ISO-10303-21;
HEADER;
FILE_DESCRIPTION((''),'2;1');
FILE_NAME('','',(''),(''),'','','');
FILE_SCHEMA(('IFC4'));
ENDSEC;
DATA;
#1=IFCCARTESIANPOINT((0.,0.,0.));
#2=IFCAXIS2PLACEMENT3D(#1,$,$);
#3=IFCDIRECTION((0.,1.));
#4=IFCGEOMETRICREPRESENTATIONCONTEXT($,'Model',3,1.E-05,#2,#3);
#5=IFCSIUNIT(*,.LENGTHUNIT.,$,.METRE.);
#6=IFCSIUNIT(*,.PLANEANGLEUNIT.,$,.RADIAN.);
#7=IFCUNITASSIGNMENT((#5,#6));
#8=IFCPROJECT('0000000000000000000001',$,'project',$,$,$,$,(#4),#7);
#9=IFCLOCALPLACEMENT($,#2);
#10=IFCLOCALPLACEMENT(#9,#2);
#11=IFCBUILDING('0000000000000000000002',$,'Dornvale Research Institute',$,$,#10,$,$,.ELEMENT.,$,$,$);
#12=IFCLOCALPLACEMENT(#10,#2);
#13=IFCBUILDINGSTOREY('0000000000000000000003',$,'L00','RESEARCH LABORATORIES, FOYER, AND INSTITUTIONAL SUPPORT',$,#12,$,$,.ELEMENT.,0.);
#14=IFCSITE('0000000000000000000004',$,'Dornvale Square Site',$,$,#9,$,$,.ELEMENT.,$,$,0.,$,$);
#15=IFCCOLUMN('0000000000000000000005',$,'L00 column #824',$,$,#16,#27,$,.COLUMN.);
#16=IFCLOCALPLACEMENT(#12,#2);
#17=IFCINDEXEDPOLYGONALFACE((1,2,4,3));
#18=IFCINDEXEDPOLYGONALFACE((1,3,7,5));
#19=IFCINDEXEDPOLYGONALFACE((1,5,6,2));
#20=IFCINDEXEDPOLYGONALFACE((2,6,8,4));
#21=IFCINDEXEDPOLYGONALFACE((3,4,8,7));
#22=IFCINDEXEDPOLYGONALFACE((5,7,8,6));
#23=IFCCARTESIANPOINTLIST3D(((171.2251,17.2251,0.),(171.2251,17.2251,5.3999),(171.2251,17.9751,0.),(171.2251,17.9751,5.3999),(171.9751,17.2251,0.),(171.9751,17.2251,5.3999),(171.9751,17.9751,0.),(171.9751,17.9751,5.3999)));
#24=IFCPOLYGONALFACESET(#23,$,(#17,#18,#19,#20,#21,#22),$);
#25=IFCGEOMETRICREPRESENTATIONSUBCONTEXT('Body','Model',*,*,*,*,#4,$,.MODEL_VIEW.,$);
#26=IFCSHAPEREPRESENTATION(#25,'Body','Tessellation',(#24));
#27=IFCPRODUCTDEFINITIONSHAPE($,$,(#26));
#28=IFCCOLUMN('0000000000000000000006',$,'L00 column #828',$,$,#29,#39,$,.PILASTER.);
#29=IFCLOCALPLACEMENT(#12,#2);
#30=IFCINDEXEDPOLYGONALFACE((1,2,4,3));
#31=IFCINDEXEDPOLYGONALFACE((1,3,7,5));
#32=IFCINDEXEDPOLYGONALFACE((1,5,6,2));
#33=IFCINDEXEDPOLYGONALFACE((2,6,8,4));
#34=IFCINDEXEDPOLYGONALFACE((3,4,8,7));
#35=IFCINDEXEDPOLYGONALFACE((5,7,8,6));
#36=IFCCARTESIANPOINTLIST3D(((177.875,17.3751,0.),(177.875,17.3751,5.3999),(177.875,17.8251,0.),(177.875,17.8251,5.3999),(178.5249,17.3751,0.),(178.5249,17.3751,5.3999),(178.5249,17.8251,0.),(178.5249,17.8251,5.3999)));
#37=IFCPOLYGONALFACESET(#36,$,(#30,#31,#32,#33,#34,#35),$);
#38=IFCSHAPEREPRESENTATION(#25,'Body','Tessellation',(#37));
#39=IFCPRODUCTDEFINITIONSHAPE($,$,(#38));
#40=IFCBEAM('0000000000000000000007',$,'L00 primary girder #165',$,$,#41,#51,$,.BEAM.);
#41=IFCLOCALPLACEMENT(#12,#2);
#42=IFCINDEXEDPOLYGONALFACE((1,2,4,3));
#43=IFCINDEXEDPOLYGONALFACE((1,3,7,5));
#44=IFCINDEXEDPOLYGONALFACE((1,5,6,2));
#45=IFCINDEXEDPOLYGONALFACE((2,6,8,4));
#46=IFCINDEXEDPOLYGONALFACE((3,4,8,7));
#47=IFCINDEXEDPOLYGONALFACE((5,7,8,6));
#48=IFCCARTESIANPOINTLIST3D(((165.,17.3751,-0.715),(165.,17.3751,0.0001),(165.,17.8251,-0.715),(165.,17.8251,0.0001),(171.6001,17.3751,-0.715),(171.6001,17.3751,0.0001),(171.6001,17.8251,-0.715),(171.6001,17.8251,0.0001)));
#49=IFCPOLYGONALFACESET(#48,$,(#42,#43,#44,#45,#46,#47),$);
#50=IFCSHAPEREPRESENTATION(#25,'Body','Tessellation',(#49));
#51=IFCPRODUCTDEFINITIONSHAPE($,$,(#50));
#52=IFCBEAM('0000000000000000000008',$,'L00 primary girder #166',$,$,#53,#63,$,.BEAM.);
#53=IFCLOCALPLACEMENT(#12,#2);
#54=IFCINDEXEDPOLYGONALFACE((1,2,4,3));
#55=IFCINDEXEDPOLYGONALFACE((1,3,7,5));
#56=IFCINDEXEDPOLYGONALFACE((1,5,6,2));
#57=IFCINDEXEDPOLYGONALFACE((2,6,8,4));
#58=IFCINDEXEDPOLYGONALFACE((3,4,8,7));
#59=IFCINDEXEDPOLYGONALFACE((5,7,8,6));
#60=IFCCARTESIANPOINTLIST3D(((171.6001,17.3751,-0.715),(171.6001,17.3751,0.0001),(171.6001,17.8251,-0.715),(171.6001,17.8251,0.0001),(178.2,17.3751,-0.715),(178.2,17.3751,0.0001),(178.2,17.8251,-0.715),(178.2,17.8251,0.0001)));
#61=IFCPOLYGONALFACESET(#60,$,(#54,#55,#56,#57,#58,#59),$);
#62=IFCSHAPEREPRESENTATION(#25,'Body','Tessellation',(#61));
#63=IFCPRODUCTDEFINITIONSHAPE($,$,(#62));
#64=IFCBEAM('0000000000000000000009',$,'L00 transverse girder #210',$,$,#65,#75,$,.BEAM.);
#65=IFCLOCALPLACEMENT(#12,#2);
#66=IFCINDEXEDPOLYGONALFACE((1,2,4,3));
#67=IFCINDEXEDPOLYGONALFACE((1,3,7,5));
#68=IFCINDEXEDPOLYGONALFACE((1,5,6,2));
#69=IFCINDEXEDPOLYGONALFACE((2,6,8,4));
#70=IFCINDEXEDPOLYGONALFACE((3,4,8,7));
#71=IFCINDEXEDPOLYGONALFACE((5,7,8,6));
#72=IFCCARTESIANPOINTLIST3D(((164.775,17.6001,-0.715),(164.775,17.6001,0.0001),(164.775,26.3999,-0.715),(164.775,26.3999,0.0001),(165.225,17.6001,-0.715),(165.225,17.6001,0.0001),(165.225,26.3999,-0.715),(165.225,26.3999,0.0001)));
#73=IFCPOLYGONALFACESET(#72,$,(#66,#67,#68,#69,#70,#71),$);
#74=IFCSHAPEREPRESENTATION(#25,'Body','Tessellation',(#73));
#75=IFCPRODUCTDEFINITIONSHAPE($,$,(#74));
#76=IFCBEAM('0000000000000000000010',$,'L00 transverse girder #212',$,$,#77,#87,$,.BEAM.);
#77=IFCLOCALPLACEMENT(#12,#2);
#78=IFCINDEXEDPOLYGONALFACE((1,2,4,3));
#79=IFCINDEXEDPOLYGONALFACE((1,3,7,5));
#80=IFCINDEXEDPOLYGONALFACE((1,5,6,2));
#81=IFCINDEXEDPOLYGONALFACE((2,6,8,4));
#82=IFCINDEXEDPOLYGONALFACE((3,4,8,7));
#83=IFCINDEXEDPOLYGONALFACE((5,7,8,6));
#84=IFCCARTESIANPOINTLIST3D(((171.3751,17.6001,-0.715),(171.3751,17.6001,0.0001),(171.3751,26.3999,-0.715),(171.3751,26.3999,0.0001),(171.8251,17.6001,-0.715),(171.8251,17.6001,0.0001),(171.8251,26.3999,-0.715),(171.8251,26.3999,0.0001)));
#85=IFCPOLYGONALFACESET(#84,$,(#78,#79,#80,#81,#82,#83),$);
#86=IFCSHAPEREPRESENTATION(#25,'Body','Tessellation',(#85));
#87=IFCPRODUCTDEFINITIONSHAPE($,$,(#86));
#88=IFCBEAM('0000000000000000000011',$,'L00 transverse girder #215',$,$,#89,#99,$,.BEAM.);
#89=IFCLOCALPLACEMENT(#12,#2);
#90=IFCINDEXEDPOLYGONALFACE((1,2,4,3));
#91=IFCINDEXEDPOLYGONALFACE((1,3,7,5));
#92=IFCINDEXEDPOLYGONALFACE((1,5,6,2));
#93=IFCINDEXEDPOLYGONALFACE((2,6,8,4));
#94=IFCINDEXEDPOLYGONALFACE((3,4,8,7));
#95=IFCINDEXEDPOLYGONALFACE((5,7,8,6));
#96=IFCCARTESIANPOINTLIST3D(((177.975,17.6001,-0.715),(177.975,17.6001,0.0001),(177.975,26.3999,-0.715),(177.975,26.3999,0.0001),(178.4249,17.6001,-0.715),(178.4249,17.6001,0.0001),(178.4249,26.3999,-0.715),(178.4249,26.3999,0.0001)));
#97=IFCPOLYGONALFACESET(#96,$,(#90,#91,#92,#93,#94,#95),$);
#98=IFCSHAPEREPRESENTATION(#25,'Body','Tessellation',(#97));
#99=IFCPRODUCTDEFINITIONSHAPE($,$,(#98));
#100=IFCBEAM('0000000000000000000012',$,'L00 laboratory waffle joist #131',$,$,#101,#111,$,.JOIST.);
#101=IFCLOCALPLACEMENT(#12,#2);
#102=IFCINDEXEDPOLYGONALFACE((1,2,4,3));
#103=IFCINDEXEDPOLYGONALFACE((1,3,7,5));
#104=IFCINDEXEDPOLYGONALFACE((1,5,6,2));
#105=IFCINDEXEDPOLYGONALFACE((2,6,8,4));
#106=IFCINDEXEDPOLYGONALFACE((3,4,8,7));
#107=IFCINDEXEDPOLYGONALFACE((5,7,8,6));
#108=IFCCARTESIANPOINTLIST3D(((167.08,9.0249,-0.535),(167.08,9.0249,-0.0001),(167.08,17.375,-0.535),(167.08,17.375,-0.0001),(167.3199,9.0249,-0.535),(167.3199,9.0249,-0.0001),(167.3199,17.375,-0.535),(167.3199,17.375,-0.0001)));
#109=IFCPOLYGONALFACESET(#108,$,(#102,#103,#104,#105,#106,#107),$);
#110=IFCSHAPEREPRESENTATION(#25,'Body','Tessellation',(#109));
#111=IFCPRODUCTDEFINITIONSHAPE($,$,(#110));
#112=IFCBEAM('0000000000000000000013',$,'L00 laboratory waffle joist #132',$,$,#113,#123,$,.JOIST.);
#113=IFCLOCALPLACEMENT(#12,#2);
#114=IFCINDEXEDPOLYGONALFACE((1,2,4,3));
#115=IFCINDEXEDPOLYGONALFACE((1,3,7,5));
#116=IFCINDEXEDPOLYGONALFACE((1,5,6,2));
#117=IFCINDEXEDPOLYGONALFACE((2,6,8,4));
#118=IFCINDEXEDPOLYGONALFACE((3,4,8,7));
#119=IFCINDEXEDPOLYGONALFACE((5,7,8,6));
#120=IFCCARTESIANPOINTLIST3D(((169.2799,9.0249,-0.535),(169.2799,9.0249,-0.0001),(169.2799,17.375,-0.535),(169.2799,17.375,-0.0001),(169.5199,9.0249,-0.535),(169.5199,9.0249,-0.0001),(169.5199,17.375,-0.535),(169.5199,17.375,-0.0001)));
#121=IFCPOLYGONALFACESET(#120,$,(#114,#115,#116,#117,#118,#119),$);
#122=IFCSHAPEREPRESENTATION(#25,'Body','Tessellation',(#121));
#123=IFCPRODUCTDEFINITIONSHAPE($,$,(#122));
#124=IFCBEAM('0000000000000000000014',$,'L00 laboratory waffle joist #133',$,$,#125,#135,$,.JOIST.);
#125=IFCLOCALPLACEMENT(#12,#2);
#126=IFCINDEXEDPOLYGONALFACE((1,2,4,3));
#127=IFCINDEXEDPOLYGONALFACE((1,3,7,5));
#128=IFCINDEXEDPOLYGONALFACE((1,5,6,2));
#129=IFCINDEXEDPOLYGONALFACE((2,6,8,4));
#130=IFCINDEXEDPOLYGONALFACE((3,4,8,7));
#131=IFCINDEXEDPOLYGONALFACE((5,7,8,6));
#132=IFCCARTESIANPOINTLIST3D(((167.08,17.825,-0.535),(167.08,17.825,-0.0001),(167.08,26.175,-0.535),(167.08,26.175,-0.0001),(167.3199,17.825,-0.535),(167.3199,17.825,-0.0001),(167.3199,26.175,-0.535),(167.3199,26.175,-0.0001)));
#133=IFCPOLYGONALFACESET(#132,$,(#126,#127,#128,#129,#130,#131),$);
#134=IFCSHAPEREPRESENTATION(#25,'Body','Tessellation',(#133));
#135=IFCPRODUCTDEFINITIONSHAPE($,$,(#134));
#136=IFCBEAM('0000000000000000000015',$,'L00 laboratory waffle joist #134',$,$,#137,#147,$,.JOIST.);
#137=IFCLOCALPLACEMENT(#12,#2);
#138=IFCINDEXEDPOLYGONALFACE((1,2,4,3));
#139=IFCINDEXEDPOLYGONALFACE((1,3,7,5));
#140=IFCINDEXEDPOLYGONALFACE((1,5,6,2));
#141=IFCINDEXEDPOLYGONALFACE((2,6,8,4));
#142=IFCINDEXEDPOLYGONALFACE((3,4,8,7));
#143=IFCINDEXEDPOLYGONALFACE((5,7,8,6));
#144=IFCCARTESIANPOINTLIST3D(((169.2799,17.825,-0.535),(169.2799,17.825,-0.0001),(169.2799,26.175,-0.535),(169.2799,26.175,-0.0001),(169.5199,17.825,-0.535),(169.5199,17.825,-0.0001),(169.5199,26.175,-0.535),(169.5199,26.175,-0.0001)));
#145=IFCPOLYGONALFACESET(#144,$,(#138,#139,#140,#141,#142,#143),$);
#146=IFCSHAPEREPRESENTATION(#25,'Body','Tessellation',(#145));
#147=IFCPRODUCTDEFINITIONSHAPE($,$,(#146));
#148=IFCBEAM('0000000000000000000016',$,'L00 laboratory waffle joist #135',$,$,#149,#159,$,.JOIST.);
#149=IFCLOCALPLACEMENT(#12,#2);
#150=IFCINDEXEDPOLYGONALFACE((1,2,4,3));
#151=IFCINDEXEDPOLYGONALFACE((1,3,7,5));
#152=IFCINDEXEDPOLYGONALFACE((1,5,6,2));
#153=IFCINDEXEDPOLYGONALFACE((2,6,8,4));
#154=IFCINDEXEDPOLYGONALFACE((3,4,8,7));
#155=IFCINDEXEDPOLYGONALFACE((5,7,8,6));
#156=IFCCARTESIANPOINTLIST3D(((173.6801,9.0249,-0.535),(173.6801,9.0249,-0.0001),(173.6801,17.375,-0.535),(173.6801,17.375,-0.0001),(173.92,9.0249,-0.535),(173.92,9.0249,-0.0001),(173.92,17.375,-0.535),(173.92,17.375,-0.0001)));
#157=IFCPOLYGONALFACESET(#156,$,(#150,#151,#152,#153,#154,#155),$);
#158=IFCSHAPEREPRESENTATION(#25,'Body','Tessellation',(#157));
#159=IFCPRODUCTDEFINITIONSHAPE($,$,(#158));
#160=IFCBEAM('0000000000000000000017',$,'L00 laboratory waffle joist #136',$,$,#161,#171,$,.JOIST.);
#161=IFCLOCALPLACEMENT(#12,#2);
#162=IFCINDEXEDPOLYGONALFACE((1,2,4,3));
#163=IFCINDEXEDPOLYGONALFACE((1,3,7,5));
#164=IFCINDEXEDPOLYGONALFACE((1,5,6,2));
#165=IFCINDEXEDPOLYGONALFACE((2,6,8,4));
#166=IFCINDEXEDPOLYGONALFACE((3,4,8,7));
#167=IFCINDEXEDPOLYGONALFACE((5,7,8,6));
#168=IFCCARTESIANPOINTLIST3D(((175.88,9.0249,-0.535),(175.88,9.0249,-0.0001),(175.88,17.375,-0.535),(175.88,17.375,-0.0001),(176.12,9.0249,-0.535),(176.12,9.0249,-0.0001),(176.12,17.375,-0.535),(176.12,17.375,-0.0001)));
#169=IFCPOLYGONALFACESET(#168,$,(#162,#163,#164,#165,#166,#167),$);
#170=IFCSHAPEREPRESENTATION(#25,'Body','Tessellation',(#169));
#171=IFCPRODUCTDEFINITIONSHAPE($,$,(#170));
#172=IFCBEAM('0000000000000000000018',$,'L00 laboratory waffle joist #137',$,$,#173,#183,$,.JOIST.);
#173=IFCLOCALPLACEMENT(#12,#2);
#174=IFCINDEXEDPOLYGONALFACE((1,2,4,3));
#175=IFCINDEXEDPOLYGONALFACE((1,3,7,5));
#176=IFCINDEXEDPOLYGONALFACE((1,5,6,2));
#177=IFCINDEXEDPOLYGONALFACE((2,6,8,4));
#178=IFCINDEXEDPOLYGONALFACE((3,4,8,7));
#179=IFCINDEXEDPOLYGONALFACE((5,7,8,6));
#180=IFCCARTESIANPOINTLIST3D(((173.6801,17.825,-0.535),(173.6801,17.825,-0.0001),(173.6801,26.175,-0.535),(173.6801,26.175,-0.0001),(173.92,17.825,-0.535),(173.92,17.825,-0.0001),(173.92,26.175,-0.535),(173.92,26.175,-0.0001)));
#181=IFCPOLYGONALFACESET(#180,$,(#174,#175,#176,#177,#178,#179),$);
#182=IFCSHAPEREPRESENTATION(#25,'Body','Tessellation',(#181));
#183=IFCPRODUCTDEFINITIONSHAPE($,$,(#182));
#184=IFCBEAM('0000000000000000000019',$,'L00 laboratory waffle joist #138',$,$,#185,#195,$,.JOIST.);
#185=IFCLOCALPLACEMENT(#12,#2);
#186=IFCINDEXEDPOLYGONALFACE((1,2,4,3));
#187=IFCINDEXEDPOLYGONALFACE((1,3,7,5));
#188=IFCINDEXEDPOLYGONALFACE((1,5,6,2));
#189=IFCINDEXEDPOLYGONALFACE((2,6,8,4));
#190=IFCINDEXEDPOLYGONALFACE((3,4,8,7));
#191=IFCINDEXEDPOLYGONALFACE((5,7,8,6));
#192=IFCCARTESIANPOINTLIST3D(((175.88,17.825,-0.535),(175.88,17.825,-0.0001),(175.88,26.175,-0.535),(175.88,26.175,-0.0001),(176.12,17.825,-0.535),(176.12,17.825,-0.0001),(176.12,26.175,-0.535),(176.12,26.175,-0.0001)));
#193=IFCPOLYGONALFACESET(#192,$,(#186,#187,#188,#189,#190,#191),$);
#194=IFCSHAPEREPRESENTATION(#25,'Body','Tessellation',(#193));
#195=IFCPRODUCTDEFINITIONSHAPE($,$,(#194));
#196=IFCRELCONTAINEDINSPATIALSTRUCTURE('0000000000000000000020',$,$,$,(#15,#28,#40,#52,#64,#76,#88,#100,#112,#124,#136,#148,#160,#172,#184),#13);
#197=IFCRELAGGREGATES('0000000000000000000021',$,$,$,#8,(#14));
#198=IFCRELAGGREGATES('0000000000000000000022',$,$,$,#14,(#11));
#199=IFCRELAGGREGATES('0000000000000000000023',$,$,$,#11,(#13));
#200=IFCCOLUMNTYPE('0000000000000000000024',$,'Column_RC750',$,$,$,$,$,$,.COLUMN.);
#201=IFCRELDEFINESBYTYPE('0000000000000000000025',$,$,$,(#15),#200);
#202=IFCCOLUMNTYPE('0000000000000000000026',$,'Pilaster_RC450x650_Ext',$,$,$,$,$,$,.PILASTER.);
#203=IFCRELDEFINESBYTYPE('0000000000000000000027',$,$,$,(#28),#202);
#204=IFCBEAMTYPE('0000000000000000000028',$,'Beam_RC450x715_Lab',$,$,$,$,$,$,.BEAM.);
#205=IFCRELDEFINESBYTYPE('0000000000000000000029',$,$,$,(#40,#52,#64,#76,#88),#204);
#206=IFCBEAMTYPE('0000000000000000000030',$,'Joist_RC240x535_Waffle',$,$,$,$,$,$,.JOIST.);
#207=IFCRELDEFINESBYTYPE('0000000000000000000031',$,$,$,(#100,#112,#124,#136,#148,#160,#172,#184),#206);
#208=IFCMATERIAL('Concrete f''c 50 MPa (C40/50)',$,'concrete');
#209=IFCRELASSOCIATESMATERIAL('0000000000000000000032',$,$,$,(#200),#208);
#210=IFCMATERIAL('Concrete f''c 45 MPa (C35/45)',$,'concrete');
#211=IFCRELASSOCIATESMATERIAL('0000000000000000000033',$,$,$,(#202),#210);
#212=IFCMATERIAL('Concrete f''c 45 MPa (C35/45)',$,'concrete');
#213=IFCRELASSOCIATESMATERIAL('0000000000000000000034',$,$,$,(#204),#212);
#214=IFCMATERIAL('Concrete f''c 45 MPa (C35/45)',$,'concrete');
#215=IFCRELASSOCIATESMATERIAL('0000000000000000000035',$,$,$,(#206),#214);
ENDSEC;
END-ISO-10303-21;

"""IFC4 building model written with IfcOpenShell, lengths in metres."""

from ifc_helpers import new_model, si_unit, direction, frame, origin, origin_2d, place, context, subcontext, project, spatial, rectangle, extrude, material, material_profile, profile_set, type_object, element, save


model = new_model("IFC4")

# Units and contexts
model_context = context("Model", 3, precision=1e-05, world=origin(), true_north=direction((0.0, 1.0)))
body_context = subcontext(model_context, "Body", "Model", "MODEL_VIEW")
ifc_project = project(units=[si_unit("LENGTHUNIT", "METRE"), si_unit("PLANEANGLEUNIT", "RADIAN")], contexts=[model_context])

# Site, building, storey
site_placement = place(None, origin())
site = spatial("IfcSite", under=ifc_project, at=site_placement, Name="Dornvale Square Site", CompositionType="ELEMENT", RefElevation=0.0)
building_placement = place(site_placement, origin())
building = spatial("IfcBuilding", under=site, at=building_placement, Name="Dornvale Research Institute", CompositionType="ELEMENT")
storey_placement = place(building_placement, origin())
storey = spatial("IfcBuildingStorey", under=building, at=storey_placement, Name="L00", Description="RESEARCH LABORATORIES, FOYER, AND INSTITUTIONAL SUPPORT", CompositionType="ELEMENT", Elevation=0.0)

# Columns
ifc_material_1 = material(Name="Concrete f'c 50 MPa (C40/50)", Category="concrete")
ifc_material_profile_1 = material_profile(ifc_material_1, rectangle(XDim=0.75, YDim=0.75, at=origin_2d()), Name="RC 750x750")
ifc_profile_set_1 = profile_set([ifc_material_profile_1], Name="Concrete f'c 50 MPa (C40/50)")
column_type_1 = type_object("IfcColumnType", Name="Column_RC750", PredefinedType="COLUMN", material=ifc_profile_set_1)
column_1_placement = place(storey_placement, frame((171.6001, 17.6001, 0.0), z_axis=(0.0, 0.0, 1.0), x_axis=(1.0, 0.0, 0.0)))
element("IfcColumn", 1, at=column_1_placement, inside=storey, type_object=column_type_1, Name="L00 column #824", PredefinedType="COLUMN", context=body_context, shape_type="SweptSolid", body=[
    extrude(rectangle(XDim=0.75, YDim=0.75, at=origin_2d()), origin(), (0.0, 0.0, 1.0), 5.3999),
])
ifc_material_2 = material(Name="Concrete f'c 45 MPa (C35/45)", Category="concrete")
ifc_material_profile_2 = material_profile(ifc_material_2, rectangle(XDim=0.45, YDim=0.6499, at=origin_2d()), Name="RC 450x650")
ifc_profile_set_2 = profile_set([ifc_material_profile_2], Name="Concrete f'c 45 MPa (C35/45)")
column_type_2 = type_object("IfcColumnType", Name="Pilaster_RC450x650_Ext", PredefinedType="PILASTER", material=ifc_profile_set_2)
column_2_placement = place(storey_placement, frame((178.2, 17.6001, 0.0), z_axis=(0.0, 0.0, 1.0), x_axis=(0.0, 1.0, 0.0)))
element("IfcColumn", 2, at=column_2_placement, inside=storey, type_object=column_type_2, Name="L00 column #828", PredefinedType="PILASTER", context=body_context, shape_type="SweptSolid", body=[
    extrude(rectangle(XDim=0.45, YDim=0.6499, at=origin_2d()), origin(), (0.0, 0.0, 1.0), 5.3999),
])

# Beams
ifc_material_3 = material(Name="Concrete f'c 45 MPa (C35/45)", Category="concrete")
ifc_material_profile_3 = material_profile(ifc_material_3, rectangle(XDim=0.45, YDim=0.7151, at=origin_2d()), Name="RC 450x715")
ifc_profile_set_3 = profile_set([ifc_material_profile_3], Name="Concrete f'c 45 MPa (C35/45)")
beam_type_1 = type_object("IfcBeamType", Name="Beam_RC450x715_Lab", PredefinedType="BEAM", material=ifc_profile_set_3)
beam_1_placement = place(storey_placement, frame((165.0, 17.6001, -0.3574), z_axis=(1.0, 0.0, 0.0), x_axis=(0.0, 1.0, 0.0)))
element("IfcBeam", 3, at=beam_1_placement, inside=storey, type_object=beam_type_1, Name="L00 primary girder #165", PredefinedType="BEAM", context=body_context, shape_type="SweptSolid", body=[
    extrude(rectangle(XDim=0.45, YDim=0.7151, at=origin_2d()), origin(), (0.0, 0.0, 1.0), 6.6001),
])
beam_2_placement = place(storey_placement, frame((171.6001, 17.6001, -0.3574), z_axis=(1.0, 0.0, 0.0), x_axis=(0.0, 1.0, 0.0)))
element("IfcBeam", 4, at=beam_2_placement, inside=storey, type_object=beam_type_1, Name="L00 primary girder #166", PredefinedType="BEAM", context=body_context, shape_type="SweptSolid", body=[
    extrude(rectangle(XDim=0.45, YDim=0.7151, at=origin_2d()), origin(), (0.0, 0.0, 1.0), 6.5999),
])
for number, where, z_axis, x_axis, name in (
    (5, (165.0, 17.6001, -0.3574), (0.0, 1.0, 0.0), (-1.0, 0.0, 0.0), "L00 transverse girder #210"),
    (6, (171.6001, 17.6001, -0.3574), (0.0, 1.0, 0.0), (-1.0, 0.0, 0.0), "L00 transverse girder #212"),
    (7, (178.2, 17.6001, -0.3574), (0.0, 1.0, 0.0), (-1.0, 0.0, 0.0), "L00 transverse girder #215"),
):
    element("IfcBeam", number, at=place(storey_placement, frame(where, z_axis=z_axis, x_axis=x_axis)), inside=storey, type_object=beam_type_1, Name=name, PredefinedType="BEAM", context=body_context, shape_type="SweptSolid", body=[
        extrude(rectangle(XDim=0.45, YDim=0.7151, at=origin_2d()), origin(), (0.0, 0.0, 1.0), 8.7998),
    ])
ifc_material_4 = material(Name="Concrete f'c 45 MPa (C35/45)", Category="concrete")
ifc_material_profile_4 = material_profile(ifc_material_4, rectangle(XDim=0.24, YDim=0.5349, at=origin_2d()), Name="RC 240x535")
ifc_profile_set_4 = profile_set([ifc_material_profile_4], Name="Concrete f'c 45 MPa (C35/45)")
beam_type_2 = type_object("IfcBeamType", Name="Joist_RC240x535_Waffle", PredefinedType="JOIST", material=ifc_profile_set_4)
for number, where, z_axis, x_axis, name in (
    (8, (167.2, 9.0249, -0.2676), (0.0, 1.0, 0.0), (-1.0, 0.0, 0.0), "L00 laboratory waffle joist #131"),
    (9, (169.3999, 9.0249, -0.2676), (0.0, 1.0, 0.0), (-1.0, 0.0, 0.0), "L00 laboratory waffle joist #132"),
    (10, (167.2, 17.825, -0.2676), (0.0, 1.0, 0.0), (-1.0, 0.0, 0.0), "L00 laboratory waffle joist #133"),
    (11, (169.3999, 17.825, -0.2676), (0.0, 1.0, 0.0), (-1.0, 0.0, 0.0), "L00 laboratory waffle joist #134"),
    (12, (173.8, 9.0249, -0.2676), (0.0, 1.0, 0.0), (-1.0, 0.0, 0.0), "L00 laboratory waffle joist #135"),
    (13, (176.0, 9.0249, -0.2676), (0.0, 1.0, 0.0), (-1.0, 0.0, 0.0), "L00 laboratory waffle joist #136"),
    (14, (173.8, 17.825, -0.2676), (0.0, 1.0, 0.0), (-1.0, 0.0, 0.0), "L00 laboratory waffle joist #137"),
    (15, (176.0, 17.825, -0.2676), (0.0, 1.0, 0.0), (-1.0, 0.0, 0.0), "L00 laboratory waffle joist #138"),
):
    element("IfcBeam", number, at=place(storey_placement, frame(where, z_axis=z_axis, x_axis=x_axis)), inside=storey, type_object=beam_type_2, Name=name, PredefinedType="JOIST", context=body_context, shape_type="SweptSolid", body=[
        extrude(rectangle(XDim=0.24, YDim=0.5349, at=origin_2d()), origin(), (0.0, 0.0, 1.0), 8.3501),
    ])

save(model, "model.ifc")
